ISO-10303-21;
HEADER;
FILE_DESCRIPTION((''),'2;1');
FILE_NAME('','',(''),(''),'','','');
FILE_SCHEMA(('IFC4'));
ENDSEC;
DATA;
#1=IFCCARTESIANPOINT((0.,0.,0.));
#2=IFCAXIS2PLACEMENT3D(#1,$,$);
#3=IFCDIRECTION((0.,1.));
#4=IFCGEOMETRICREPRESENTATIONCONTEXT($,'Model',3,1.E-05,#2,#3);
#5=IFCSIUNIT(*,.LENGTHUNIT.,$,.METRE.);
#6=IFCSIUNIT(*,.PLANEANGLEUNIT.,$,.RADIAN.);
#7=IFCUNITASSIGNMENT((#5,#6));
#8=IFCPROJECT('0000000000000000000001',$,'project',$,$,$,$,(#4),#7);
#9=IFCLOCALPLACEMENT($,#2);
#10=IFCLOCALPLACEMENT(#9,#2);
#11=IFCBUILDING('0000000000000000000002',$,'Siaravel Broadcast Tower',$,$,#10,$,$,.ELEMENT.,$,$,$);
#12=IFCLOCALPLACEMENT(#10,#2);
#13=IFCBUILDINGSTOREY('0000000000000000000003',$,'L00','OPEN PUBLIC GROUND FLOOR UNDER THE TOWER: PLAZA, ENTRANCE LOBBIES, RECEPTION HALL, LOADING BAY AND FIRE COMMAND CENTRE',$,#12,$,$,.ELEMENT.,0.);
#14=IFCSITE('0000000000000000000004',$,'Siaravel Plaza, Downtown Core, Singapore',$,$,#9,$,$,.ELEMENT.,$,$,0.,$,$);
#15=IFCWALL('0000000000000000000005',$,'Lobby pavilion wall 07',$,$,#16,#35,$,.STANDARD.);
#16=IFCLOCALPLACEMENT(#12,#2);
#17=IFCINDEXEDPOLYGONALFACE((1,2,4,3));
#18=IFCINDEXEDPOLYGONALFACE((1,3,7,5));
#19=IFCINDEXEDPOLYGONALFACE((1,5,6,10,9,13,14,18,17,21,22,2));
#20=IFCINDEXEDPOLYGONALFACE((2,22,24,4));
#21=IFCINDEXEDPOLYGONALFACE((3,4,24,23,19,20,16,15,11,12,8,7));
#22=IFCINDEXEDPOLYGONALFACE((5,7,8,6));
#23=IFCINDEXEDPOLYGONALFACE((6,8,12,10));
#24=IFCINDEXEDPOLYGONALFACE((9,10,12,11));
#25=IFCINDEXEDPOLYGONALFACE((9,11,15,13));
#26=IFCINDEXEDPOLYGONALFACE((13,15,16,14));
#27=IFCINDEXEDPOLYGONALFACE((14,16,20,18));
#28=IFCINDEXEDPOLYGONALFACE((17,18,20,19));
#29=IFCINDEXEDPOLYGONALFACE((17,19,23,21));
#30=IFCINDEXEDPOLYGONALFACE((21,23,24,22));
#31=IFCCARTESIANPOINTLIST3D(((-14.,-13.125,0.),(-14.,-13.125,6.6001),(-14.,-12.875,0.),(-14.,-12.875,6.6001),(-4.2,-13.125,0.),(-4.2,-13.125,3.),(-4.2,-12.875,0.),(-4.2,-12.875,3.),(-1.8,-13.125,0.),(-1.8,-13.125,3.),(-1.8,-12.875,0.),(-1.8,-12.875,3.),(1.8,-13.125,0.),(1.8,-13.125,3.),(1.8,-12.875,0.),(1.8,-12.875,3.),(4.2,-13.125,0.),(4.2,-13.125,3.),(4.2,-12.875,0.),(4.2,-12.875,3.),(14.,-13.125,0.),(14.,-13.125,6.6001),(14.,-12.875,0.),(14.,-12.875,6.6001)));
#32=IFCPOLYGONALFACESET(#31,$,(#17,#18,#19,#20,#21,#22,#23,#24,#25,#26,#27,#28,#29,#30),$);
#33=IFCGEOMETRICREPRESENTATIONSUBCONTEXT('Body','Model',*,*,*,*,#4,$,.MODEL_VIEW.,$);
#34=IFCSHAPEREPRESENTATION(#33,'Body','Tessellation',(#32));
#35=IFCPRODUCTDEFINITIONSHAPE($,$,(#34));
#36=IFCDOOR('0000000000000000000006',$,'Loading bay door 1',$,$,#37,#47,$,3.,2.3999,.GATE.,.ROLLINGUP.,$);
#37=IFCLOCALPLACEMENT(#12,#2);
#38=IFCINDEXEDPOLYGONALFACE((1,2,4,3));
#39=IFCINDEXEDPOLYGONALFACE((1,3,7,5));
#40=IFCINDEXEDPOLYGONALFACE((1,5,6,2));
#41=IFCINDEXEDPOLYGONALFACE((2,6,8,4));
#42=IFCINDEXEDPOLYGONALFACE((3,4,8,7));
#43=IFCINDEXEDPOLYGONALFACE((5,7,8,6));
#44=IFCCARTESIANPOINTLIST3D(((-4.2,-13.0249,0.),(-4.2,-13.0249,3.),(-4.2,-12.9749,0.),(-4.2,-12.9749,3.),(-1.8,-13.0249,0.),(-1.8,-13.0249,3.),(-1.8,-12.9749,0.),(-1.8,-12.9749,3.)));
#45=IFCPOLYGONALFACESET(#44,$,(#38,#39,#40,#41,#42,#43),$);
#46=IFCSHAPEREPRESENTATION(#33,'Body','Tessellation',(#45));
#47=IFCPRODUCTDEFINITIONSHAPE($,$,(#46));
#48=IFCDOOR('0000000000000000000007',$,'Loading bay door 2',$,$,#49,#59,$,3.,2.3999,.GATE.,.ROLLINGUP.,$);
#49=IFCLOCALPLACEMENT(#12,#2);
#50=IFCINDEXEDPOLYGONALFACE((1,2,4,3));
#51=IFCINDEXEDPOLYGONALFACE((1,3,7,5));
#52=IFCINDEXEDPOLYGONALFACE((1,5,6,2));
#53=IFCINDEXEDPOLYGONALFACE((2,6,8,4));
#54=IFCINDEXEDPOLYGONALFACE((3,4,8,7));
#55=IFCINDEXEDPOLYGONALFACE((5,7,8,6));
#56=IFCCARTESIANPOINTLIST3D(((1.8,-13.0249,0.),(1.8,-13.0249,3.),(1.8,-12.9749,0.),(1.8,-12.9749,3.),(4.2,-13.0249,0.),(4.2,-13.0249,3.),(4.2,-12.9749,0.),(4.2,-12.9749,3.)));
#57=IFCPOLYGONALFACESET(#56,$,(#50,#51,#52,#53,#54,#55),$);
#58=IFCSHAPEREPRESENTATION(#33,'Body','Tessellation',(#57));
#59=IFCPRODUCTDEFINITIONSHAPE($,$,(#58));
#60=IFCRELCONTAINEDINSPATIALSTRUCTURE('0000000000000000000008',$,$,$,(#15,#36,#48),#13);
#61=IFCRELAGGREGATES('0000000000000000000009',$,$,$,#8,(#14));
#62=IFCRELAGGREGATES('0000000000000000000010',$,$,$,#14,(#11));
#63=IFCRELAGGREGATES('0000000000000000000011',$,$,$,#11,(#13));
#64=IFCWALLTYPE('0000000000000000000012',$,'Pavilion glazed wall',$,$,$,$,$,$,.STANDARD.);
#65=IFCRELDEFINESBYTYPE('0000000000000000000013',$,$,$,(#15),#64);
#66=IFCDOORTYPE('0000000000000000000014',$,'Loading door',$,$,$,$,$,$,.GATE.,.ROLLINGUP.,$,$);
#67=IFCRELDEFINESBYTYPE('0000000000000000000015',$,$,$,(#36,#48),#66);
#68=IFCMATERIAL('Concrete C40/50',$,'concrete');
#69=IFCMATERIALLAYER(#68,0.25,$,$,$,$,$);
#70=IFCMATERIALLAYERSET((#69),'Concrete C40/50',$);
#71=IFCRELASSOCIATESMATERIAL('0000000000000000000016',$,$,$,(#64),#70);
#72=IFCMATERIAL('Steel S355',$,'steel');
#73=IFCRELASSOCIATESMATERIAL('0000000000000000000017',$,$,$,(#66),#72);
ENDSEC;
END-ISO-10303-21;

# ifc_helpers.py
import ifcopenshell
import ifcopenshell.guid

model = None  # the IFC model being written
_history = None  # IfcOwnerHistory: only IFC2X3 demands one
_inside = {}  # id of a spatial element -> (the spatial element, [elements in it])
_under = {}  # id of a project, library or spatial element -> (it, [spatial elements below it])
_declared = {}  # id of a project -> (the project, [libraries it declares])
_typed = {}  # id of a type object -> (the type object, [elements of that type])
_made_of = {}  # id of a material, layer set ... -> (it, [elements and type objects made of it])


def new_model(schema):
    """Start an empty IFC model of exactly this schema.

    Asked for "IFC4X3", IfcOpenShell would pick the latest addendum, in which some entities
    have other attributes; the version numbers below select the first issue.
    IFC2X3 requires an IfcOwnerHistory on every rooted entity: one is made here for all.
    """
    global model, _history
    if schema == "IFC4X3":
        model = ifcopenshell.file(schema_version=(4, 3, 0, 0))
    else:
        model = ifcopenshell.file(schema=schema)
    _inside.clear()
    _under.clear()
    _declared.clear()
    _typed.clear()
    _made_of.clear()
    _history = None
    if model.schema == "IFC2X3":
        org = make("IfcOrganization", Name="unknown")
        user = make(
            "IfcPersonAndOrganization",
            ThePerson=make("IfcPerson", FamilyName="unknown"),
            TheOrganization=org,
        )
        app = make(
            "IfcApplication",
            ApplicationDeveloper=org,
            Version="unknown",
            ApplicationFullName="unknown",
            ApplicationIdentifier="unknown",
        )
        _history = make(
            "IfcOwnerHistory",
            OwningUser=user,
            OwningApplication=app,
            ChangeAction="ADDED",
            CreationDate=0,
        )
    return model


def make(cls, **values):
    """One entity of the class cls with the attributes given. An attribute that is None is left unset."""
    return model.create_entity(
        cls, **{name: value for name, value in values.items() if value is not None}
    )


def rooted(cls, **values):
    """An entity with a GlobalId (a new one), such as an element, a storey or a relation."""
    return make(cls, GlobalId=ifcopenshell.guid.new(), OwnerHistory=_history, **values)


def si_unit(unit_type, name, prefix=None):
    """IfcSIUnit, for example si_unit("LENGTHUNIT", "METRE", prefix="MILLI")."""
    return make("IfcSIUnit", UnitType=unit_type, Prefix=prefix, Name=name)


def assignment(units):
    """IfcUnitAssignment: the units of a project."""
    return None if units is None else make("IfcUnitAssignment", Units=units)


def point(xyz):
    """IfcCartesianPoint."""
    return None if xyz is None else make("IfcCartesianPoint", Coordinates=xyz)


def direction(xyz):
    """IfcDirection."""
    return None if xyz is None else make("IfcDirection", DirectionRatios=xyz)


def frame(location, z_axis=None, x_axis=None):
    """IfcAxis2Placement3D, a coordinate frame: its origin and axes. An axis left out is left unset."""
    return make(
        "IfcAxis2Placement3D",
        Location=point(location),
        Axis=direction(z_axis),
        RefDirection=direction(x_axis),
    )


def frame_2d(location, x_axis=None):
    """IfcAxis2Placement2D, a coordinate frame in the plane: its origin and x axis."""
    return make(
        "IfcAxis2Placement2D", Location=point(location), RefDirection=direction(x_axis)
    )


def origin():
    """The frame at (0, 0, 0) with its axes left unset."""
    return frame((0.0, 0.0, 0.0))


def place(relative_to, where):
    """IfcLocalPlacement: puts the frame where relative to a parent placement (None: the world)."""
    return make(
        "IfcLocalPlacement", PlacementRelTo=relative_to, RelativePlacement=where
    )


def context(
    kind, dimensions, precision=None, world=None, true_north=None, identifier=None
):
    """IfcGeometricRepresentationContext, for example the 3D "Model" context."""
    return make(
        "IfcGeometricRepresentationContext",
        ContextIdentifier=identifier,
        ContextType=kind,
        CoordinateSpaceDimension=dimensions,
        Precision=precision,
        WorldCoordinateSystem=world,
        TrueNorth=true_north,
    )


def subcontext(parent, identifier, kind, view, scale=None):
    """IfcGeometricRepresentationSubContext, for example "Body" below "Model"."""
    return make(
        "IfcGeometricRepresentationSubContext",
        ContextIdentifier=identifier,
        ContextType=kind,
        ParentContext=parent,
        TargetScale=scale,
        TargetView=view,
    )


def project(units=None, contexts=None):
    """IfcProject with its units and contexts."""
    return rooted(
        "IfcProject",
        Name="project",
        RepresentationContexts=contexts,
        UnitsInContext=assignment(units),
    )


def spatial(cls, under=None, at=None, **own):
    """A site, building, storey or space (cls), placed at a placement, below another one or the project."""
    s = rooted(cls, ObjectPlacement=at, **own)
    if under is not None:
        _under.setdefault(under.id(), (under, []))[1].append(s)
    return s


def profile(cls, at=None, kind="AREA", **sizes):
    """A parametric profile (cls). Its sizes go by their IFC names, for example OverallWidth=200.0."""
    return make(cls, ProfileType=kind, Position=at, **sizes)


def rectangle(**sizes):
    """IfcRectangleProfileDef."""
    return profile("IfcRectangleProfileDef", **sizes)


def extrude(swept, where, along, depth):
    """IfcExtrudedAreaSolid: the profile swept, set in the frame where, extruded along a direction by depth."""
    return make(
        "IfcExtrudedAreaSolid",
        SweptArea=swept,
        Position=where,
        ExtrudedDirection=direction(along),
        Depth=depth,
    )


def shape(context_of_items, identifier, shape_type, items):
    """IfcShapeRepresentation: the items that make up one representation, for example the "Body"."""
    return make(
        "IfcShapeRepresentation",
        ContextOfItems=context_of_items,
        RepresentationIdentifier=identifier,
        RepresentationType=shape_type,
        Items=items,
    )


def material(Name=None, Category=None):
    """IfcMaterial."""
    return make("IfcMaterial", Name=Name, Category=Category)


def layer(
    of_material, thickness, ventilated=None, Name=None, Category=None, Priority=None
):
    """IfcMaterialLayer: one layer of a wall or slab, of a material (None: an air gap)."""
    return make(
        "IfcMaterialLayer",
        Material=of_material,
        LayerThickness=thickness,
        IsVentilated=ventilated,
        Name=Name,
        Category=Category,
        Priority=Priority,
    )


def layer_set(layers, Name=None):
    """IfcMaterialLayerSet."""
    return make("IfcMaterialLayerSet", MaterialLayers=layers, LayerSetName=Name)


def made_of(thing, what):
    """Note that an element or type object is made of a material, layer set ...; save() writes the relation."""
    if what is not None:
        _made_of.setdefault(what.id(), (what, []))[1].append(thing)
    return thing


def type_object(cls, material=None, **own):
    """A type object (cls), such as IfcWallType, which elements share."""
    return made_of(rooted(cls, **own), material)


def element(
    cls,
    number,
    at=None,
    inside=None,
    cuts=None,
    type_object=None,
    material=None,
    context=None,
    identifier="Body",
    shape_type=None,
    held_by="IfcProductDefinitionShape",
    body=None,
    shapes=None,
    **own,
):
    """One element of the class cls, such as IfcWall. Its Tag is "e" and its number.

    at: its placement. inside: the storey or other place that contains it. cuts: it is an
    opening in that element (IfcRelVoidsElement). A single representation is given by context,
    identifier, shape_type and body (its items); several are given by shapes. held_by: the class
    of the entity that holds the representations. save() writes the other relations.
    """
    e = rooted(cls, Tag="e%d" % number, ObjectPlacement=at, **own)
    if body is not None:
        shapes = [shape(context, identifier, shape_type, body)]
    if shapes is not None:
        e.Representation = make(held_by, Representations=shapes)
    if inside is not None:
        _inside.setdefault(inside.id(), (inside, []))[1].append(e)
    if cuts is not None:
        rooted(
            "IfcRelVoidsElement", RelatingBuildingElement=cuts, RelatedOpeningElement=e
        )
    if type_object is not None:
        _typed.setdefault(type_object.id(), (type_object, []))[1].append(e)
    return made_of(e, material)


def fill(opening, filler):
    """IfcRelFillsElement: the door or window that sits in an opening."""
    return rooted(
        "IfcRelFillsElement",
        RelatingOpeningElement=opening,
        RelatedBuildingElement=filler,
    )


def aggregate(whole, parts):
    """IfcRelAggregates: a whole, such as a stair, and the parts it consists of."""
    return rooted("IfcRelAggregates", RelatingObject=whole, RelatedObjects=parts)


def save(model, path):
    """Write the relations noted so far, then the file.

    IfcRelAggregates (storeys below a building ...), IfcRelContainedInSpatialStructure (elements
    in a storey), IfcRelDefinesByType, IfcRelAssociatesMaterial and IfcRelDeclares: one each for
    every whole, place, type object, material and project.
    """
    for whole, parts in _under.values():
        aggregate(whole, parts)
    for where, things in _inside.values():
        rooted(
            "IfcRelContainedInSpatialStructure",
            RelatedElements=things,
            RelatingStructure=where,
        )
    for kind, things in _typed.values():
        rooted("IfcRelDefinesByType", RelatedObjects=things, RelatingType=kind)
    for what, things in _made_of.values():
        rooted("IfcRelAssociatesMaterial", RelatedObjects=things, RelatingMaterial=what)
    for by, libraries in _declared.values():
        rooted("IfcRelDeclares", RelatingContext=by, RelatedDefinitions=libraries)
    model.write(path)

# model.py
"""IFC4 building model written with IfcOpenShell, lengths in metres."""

from ifc_helpers import new_model, si_unit, direction, frame, frame_2d, origin, place, context, subcontext, project, spatial, rectangle, extrude, material, layer, layer_set, type_object, element, fill, save


model = new_model("IFC4")

# Units and contexts
model_context = context("Model", 3, precision=1e-05, world=origin(), true_north=direction((0.0, 1.0)))
body_context = subcontext(model_context, "Body", "Model", "MODEL_VIEW")
ifc_project = project(units=[si_unit("LENGTHUNIT", "METRE"), si_unit("PLANEANGLEUNIT", "RADIAN")], contexts=[model_context])

# Site, building, storey
site_placement = place(None, origin())
site = spatial("IfcSite", under=ifc_project, at=site_placement, Name="Siaravel Plaza, Downtown Core, Singapore", CompositionType="ELEMENT", RefElevation=0.0)
building_placement = place(site_placement, origin())
building = spatial("IfcBuilding", under=site, at=building_placement, Name="Siaravel Broadcast Tower", CompositionType="ELEMENT")
storey_placement = place(building_placement, origin())
storey = spatial("IfcBuildingStorey", under=building, at=storey_placement, Name="L00", Description="OPEN PUBLIC GROUND FLOOR UNDER THE TOWER: PLAZA, ENTRANCE LOBBIES, RECEPTION HALL, LOADING BAY AND FIRE COMMAND CENTRE", CompositionType="ELEMENT", Elevation=0.0)

# Shared definitions
ifc_material_1 = material(Name="Concrete C40/50", Category="concrete")

# Shared definitions
ifc_material_2 = material(Name="Steel S355", Category="steel")

# Wall, openings, doors
ifc_layer_1 = layer(ifc_material_1, 0.25)
ifc_layer_set_1 = layer_set([ifc_layer_1], Name="Concrete C40/50")
wall_type_1 = type_object("IfcWallType", Name="Pavilion glazed wall", PredefinedType="STANDARD", material=ifc_layer_set_1)
wall_1_placement = place(storey_placement, frame((14.0, -13.0, 0.0), z_axis=(0.0, 0.0, 1.0), x_axis=(-1.0, 0.0, 0.0)))
wall_1 = element("IfcWall", 1, at=wall_1_placement, inside=storey, type_object=wall_type_1, Name="Lobby pavilion wall 07", PredefinedType="STANDARD", context=body_context, shape_type="SweptSolid", body=[
    extrude(rectangle(XDim=28.0, YDim=0.25, at=frame_2d((14.0, 0.0))), origin(), (0.0, 0.0, 1.0), 6.6001),
])
opening_1_placement = place(wall_1_placement, frame((15.8, 0.0, 0.0)))
opening_1 = element("IfcOpeningElement", 2, at=opening_1_placement, cuts=wall_1, PredefinedType="OPENING", context=body_context, shape_type="SweptSolid", body=[
    extrude(rectangle(XDim=2.3999, YDim=3.0, at=frame_2d((1.2, 1.5))), frame((0.0, 0.135, 0.0), z_axis=(0.0, -1.0, 0.0), x_axis=(1.0, 0.0, 0.0)), (0.0, 0.0, 1.0), 0.27),
])
opening_2_placement = place(wall_1_placement, frame((9.8, 0.0, 0.0)))
opening_2 = element("IfcOpeningElement", 3, at=opening_2_placement, cuts=wall_1, PredefinedType="OPENING", context=body_context, shape_type="SweptSolid", body=[
    extrude(rectangle(XDim=2.3999, YDim=3.0, at=frame_2d((1.2, 1.5))), frame((0.0, 0.135, 0.0), z_axis=(0.0, -1.0, 0.0), x_axis=(1.0, 0.0, 0.0)), (0.0, 0.0, 1.0), 0.27),
])
door_type = type_object("IfcDoorType", Name="Loading door", OperationType="ROLLINGUP", PredefinedType="GATE", material=ifc_material_2)
door_1_placement = place(opening_1_placement, origin())
door_1 = element("IfcDoor", 4, at=door_1_placement, inside=storey, type_object=door_type, Name="Loading bay door 1", OperationType="ROLLINGUP", OverallHeight=3.0, OverallWidth=2.3999, PredefinedType="GATE", context=body_context, shape_type="SweptSolid", body=[
    extrude(rectangle(XDim=2.3999, YDim=3.0, at=frame_2d((1.2, 1.5))), frame((0.0, 0.0249, 0.0), z_axis=(0.0, -1.0, 0.0), x_axis=(1.0, 0.0, 0.0)), (0.0, 0.0, 1.0), 0.05),
])
fill(opening_1, door_1)
door_2_placement = place(opening_2_placement, origin())
door_2 = element("IfcDoor", 5, at=door_2_placement, inside=storey, type_object=door_type, Name="Loading bay door 2", OperationType="ROLLINGUP", OverallHeight=3.0, OverallWidth=2.3999, PredefinedType="GATE", context=body_context, shape_type="SweptSolid", body=[
    extrude(rectangle(XDim=2.3999, YDim=3.0, at=frame_2d((1.2, 1.5))), frame((0.0, 0.0249, 0.0), z_axis=(0.0, -1.0, 0.0), x_axis=(1.0, 0.0, 0.0)), (0.0, 0.0, 1.0), 0.05),
])
fill(opening_2, door_2)

save(model, "model.ifc")
